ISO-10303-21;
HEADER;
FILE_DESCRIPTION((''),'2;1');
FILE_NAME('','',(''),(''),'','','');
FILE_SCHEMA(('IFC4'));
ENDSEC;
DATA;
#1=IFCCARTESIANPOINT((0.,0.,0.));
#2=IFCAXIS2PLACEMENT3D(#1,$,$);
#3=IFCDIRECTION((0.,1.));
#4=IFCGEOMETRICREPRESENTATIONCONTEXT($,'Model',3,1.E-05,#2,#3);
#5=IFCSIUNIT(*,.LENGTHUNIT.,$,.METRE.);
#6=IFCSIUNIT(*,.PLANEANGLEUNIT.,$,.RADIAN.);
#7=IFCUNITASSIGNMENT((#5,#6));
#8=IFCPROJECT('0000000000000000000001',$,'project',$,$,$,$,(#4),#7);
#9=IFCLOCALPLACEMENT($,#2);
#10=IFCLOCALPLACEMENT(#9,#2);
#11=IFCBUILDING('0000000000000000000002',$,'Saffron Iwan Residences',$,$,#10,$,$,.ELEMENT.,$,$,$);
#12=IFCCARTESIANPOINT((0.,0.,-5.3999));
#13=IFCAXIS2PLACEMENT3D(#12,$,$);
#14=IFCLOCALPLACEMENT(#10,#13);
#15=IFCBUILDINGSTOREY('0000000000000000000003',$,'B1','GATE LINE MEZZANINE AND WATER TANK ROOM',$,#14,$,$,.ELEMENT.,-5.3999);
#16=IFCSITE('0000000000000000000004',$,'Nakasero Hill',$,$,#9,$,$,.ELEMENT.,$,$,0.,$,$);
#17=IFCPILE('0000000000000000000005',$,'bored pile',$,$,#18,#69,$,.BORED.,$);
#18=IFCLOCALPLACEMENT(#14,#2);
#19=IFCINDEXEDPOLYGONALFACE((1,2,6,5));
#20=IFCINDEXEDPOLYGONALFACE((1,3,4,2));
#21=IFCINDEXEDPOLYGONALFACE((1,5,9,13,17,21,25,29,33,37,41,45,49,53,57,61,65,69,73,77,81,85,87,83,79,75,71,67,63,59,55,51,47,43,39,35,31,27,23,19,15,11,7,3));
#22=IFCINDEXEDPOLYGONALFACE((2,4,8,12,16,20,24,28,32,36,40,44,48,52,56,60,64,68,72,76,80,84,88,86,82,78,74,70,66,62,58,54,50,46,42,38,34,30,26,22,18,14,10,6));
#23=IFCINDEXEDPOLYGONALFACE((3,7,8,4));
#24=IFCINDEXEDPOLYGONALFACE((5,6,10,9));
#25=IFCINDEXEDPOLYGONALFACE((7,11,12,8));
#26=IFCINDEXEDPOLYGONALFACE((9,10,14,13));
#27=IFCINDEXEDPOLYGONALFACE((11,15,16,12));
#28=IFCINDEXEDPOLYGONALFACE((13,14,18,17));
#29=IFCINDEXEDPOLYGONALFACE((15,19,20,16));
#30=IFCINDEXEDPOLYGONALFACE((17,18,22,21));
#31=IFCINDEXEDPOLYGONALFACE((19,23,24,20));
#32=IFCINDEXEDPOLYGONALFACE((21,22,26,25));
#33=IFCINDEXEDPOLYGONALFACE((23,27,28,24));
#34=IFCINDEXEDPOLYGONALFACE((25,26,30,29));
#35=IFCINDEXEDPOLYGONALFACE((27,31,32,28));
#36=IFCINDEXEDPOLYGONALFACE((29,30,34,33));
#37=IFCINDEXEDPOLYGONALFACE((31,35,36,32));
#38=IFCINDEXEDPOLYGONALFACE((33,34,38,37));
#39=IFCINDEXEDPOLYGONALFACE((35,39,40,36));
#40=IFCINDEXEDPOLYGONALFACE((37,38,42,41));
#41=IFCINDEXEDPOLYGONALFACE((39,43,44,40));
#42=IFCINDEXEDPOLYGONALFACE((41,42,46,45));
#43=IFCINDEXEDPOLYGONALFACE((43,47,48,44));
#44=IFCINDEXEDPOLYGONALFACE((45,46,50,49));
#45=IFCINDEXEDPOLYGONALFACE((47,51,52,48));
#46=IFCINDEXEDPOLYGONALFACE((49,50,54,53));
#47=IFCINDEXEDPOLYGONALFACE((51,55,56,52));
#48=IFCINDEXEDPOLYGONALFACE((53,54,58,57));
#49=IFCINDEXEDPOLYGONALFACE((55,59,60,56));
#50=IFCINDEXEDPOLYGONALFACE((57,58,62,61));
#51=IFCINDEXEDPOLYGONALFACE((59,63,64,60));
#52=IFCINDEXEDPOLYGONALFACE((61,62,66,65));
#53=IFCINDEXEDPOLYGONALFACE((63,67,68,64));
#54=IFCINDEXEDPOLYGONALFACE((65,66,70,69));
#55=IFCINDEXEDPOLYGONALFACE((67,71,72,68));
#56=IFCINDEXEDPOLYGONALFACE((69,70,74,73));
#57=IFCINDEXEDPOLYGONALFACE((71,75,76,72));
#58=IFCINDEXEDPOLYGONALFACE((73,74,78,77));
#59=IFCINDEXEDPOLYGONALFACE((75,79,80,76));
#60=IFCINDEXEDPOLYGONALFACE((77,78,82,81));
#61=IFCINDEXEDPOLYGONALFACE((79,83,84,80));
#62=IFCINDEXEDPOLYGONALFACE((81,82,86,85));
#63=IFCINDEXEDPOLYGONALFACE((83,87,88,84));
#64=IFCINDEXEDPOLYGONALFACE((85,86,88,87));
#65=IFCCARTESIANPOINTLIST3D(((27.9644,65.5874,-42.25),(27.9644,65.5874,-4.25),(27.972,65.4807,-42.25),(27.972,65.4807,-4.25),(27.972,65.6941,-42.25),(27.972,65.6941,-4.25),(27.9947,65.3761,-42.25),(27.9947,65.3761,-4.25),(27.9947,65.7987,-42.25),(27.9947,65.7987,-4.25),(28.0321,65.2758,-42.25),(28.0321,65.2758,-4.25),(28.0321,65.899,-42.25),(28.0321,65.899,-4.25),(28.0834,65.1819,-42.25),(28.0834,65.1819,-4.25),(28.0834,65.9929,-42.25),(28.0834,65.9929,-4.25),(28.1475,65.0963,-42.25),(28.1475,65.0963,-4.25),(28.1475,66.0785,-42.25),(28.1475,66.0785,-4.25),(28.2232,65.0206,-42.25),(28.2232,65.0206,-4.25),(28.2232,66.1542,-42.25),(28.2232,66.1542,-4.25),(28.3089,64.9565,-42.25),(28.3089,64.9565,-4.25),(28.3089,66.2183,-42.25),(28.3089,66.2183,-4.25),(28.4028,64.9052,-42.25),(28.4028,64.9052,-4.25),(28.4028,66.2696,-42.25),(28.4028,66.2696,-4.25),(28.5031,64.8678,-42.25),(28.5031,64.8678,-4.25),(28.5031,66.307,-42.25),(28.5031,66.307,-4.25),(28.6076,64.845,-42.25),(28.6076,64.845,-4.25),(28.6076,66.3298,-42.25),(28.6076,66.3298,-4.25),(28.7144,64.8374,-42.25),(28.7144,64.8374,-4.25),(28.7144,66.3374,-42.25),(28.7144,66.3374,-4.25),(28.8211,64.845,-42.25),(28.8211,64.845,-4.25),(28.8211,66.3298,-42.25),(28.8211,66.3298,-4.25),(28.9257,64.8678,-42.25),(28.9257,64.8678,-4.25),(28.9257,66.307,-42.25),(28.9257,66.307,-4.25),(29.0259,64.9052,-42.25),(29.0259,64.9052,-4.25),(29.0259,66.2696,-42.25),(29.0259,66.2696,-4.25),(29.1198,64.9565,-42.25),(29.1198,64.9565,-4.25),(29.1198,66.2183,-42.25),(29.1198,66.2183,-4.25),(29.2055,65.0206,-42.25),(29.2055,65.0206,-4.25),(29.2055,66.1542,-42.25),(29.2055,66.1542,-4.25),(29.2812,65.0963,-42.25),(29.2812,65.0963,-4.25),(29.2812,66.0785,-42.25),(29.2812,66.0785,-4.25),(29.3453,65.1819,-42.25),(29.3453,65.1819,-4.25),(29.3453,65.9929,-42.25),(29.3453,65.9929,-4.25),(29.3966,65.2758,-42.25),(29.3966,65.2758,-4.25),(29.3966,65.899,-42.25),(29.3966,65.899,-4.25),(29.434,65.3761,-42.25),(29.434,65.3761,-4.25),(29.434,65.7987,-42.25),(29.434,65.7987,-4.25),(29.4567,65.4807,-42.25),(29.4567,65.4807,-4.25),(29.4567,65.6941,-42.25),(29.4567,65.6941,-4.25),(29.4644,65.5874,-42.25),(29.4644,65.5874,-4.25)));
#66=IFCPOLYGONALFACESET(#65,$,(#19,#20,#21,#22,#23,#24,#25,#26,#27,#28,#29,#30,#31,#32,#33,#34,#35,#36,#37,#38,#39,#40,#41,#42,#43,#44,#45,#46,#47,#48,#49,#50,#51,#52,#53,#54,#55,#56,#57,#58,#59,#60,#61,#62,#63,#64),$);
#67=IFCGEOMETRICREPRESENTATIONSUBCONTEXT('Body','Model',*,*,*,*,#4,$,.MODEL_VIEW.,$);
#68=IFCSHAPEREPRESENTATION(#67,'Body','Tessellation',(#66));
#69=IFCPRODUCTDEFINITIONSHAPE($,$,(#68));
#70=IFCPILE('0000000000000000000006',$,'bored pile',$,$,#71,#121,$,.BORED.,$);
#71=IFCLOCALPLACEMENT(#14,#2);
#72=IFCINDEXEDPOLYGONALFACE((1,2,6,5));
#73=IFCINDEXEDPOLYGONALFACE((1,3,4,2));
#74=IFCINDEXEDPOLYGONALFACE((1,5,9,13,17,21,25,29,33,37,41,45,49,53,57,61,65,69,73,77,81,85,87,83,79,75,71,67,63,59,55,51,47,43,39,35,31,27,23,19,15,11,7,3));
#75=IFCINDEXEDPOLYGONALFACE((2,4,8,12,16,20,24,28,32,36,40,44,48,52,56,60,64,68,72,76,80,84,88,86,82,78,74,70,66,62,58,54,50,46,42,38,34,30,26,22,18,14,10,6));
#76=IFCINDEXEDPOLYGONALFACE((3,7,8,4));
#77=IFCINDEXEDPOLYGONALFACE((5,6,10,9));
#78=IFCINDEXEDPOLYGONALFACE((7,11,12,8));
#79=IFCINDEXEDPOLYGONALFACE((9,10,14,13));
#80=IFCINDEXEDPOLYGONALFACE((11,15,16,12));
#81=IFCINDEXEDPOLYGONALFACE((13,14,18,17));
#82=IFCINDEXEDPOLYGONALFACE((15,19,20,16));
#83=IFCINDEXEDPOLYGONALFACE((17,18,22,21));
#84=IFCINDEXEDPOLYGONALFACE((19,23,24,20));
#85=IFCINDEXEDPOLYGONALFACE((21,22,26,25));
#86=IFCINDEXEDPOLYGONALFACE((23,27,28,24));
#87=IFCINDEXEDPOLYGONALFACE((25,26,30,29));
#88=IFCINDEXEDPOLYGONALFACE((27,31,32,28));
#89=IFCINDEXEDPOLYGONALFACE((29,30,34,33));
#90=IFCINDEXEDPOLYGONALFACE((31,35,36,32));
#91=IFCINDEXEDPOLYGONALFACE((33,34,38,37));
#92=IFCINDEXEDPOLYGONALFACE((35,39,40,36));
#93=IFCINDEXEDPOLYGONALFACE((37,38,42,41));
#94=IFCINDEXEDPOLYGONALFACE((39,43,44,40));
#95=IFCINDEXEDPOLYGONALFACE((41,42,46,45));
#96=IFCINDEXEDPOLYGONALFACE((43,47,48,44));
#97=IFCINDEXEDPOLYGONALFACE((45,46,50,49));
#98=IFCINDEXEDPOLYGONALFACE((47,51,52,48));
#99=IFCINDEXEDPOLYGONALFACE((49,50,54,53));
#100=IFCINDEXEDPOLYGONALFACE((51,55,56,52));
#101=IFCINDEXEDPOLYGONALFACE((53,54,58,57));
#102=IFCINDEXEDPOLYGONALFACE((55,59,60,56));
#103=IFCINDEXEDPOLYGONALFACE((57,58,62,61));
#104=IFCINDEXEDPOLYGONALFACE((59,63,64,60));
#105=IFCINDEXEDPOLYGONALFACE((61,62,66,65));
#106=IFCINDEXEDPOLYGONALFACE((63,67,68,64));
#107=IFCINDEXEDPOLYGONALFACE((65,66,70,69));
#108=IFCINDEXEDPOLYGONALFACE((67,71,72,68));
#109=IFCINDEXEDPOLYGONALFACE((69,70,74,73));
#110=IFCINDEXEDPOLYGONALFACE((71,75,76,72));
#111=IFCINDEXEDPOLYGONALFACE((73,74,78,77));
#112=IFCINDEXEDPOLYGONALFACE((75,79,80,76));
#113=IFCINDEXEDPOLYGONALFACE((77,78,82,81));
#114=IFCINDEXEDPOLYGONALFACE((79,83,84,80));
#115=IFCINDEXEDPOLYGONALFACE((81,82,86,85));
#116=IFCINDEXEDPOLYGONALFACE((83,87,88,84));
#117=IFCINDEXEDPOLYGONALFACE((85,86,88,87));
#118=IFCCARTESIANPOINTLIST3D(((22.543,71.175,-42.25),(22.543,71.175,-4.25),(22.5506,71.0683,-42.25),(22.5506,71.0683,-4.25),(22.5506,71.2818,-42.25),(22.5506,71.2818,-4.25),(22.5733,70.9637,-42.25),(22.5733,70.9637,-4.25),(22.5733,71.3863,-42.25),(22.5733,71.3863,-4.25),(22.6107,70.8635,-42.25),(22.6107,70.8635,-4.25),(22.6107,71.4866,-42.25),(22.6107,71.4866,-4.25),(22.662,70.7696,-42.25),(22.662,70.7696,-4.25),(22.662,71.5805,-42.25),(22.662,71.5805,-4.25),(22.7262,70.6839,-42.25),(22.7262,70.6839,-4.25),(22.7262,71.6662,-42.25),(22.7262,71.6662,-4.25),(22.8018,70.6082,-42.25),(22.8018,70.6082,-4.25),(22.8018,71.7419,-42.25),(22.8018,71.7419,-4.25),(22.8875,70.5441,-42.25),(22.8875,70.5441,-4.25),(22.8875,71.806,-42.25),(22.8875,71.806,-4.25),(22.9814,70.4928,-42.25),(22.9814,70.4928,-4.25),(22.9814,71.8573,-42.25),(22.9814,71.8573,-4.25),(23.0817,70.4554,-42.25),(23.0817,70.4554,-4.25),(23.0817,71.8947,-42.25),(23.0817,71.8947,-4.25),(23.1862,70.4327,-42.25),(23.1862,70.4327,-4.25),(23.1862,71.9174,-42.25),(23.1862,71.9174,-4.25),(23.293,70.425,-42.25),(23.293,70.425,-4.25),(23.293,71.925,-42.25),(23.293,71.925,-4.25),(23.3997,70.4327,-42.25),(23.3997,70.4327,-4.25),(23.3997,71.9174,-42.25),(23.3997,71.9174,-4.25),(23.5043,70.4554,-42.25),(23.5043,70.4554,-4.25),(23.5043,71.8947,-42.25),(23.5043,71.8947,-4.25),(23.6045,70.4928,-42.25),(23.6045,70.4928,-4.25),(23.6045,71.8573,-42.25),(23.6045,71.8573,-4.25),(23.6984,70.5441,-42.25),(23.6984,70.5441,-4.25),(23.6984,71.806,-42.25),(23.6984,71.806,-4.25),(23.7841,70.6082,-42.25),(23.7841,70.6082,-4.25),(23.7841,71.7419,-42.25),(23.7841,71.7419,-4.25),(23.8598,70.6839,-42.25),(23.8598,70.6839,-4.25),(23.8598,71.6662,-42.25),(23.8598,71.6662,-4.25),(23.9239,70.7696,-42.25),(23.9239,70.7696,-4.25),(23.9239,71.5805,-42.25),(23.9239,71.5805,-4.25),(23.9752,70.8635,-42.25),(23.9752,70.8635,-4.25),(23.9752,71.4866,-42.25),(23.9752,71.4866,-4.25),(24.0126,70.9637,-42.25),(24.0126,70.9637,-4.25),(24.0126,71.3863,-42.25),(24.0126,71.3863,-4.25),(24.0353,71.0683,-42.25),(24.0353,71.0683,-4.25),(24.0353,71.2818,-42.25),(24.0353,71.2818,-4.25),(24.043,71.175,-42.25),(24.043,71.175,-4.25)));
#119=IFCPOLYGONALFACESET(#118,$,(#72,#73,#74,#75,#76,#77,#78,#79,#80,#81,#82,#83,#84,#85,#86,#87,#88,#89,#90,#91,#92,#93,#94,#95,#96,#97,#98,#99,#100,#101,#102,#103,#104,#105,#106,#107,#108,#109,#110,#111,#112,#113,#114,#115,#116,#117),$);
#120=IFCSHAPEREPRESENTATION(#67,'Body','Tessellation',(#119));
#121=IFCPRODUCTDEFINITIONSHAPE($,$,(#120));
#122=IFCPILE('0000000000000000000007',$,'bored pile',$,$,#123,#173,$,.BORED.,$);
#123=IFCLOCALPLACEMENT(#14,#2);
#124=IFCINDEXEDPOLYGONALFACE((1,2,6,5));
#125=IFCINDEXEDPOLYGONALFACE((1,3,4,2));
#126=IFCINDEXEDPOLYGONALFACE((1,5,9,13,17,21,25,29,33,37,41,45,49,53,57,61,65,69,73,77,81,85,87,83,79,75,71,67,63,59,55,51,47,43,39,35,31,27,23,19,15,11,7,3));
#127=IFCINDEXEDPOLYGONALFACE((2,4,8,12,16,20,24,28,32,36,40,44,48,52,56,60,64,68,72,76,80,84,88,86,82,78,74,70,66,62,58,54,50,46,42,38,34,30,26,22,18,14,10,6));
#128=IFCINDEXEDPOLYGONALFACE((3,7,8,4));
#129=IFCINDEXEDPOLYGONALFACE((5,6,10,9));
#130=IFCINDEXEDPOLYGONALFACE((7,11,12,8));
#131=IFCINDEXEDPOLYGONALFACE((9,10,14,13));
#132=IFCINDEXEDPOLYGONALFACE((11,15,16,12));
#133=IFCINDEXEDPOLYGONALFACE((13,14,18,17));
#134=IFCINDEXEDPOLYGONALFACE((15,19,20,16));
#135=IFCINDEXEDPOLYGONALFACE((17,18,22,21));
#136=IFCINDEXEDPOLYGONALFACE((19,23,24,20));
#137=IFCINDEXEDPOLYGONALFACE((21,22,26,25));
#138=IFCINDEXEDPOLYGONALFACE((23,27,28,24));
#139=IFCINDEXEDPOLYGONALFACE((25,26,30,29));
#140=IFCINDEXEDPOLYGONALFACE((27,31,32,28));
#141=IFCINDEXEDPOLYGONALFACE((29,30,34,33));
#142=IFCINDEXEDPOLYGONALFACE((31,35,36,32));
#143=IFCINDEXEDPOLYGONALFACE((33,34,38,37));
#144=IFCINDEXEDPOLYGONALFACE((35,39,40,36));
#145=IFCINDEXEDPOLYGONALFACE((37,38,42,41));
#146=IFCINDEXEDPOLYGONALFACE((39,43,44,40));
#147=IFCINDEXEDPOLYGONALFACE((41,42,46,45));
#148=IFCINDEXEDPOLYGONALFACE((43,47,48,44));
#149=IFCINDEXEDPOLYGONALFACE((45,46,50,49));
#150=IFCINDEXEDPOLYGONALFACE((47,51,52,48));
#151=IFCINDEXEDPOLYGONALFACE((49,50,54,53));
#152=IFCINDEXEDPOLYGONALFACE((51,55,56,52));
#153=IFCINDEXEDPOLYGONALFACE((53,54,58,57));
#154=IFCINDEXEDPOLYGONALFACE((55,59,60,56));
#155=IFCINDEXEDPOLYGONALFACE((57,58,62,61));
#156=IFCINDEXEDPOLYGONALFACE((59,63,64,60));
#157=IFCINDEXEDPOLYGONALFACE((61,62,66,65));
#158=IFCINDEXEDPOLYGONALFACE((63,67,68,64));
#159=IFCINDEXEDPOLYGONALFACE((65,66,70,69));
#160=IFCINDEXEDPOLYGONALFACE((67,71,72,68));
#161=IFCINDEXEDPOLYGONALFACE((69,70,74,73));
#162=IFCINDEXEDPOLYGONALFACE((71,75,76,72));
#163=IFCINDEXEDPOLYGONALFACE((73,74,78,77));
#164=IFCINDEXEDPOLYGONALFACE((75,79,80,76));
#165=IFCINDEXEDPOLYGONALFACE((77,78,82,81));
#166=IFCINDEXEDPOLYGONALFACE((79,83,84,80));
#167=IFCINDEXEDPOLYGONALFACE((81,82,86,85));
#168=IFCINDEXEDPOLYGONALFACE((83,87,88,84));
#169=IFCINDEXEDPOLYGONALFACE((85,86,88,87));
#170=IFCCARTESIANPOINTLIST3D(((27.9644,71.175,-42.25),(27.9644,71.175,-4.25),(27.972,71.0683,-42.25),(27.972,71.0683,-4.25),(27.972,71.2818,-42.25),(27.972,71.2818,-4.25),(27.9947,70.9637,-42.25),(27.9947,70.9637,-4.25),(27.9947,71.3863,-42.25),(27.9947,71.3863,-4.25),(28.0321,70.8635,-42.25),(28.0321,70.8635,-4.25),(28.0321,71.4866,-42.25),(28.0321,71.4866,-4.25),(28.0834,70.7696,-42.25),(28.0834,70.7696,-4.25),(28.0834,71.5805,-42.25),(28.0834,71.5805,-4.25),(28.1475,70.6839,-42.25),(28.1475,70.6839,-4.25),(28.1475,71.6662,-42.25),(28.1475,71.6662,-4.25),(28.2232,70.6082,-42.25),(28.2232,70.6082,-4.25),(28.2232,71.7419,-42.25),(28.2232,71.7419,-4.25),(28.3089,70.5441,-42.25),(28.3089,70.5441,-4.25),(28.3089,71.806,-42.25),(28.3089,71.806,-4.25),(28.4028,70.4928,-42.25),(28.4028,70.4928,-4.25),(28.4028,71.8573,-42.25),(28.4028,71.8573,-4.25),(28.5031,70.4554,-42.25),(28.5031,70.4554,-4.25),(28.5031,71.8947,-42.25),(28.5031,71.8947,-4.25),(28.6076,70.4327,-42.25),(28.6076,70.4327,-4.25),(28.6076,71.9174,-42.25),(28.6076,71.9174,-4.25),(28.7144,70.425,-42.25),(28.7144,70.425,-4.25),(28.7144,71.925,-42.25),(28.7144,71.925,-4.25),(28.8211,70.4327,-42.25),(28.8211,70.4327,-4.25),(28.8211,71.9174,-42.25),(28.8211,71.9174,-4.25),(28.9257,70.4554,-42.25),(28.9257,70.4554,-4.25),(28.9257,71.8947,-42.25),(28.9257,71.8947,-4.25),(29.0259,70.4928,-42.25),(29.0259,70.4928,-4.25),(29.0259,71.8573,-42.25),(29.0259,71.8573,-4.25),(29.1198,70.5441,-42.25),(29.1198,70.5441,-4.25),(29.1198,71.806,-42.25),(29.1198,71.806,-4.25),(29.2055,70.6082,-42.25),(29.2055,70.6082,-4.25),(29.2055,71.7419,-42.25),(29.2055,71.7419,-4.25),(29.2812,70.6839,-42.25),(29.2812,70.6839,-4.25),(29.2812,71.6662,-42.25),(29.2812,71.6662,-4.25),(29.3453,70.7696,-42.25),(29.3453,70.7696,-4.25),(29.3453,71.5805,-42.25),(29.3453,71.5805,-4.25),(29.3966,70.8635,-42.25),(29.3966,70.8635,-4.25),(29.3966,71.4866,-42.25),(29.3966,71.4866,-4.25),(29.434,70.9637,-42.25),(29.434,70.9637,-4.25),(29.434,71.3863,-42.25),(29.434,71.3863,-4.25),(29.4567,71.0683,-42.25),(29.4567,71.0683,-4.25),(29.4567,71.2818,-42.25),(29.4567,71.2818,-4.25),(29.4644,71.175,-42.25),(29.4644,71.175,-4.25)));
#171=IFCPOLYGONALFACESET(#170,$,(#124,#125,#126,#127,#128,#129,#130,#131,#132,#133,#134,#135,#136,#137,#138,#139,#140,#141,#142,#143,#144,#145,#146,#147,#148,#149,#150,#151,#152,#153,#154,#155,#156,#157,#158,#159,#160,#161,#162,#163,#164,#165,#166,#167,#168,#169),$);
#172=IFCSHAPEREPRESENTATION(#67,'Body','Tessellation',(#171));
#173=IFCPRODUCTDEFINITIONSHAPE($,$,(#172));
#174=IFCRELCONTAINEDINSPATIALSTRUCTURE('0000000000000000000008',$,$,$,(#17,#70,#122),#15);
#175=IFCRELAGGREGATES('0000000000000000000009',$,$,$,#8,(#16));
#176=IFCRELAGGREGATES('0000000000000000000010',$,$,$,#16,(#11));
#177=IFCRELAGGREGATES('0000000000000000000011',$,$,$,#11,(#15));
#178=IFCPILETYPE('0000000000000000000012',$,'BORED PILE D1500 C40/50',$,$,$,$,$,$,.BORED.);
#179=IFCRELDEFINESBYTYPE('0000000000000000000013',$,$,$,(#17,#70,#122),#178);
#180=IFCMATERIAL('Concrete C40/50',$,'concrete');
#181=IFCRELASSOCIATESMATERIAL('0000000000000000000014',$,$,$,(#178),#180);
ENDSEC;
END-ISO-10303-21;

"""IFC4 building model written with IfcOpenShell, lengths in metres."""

from ifc_helpers import new_model, si_unit, direction, frame, origin, origin_2d, place, context, subcontext, project, spatial, circle, extrude, material, material_profile, profile_set, type_object, element, save


model = new_model("IFC4")

# Units and contexts
model_context = context("Model", 3, precision=1e-05, world=origin(), true_north=direction((0.0, 1.0)))
body_context = subcontext(model_context, "Body", "Model", "MODEL_VIEW")
ifc_project = project(units=[si_unit("LENGTHUNIT", "METRE"), si_unit("PLANEANGLEUNIT", "RADIAN")], contexts=[model_context])

# Site, building, storey
site_placement = place(None, origin())
site = spatial("IfcSite", under=ifc_project, at=site_placement, Name="Nakasero Hill", CompositionType="ELEMENT", RefElevation=0.0)
building_placement = place(site_placement, origin())
building = spatial("IfcBuilding", under=site, at=building_placement, Name="Saffron Iwan Residences", CompositionType="ELEMENT")
storey_placement = place(building_placement, frame((0.0, 0.0, -5.3999)))
storey = spatial("IfcBuildingStorey", under=building, at=storey_placement, Name="B1", Description="GATE LINE MEZZANINE AND WATER TANK ROOM", CompositionType="ELEMENT", Elevation=-5.3999)

# Piles
ifc_material_1 = material(Name="Concrete C40/50", Category="concrete")
ifc_material_profile = material_profile(ifc_material_1, circle(Radius=0.75, at=origin_2d()), Name="RC D1500")
ifc_profile_set = profile_set([ifc_material_profile], Name="Concrete C40/50")
pile_type = type_object("IfcPileType", Name="BORED PILE D1500 C40/50", PredefinedType="BORED", material=ifc_profile_set)
for number, where, z_axis, x_axis, name in (
    (1, (28.7144, 65.5874, -4.25), (0.0, 0.0, -1.0), (1.0, 0.0, 0.0), "bored pile"),
    (2, (23.293, 71.175, -4.25), (0.0, 0.0, -1.0), (1.0, 0.0, 0.0), "bored pile"),
    (3, (28.7144, 71.175, -4.25), (0.0, 0.0, -1.0), (1.0, 0.0, 0.0), "bored pile"),
):
    element("IfcPile", number, at=place(storey_placement, frame(where, z_axis=z_axis, x_axis=x_axis)), inside=storey, type_object=pile_type, Name=name, PredefinedType="BORED", context=body_context, shape_type="SweptSolid", body=[
        extrude(circle(Radius=0.75, at=origin_2d()), origin(), (0.0, 0.0, 1.0), 38.0),
    ])

save(model, "model.ifc")
